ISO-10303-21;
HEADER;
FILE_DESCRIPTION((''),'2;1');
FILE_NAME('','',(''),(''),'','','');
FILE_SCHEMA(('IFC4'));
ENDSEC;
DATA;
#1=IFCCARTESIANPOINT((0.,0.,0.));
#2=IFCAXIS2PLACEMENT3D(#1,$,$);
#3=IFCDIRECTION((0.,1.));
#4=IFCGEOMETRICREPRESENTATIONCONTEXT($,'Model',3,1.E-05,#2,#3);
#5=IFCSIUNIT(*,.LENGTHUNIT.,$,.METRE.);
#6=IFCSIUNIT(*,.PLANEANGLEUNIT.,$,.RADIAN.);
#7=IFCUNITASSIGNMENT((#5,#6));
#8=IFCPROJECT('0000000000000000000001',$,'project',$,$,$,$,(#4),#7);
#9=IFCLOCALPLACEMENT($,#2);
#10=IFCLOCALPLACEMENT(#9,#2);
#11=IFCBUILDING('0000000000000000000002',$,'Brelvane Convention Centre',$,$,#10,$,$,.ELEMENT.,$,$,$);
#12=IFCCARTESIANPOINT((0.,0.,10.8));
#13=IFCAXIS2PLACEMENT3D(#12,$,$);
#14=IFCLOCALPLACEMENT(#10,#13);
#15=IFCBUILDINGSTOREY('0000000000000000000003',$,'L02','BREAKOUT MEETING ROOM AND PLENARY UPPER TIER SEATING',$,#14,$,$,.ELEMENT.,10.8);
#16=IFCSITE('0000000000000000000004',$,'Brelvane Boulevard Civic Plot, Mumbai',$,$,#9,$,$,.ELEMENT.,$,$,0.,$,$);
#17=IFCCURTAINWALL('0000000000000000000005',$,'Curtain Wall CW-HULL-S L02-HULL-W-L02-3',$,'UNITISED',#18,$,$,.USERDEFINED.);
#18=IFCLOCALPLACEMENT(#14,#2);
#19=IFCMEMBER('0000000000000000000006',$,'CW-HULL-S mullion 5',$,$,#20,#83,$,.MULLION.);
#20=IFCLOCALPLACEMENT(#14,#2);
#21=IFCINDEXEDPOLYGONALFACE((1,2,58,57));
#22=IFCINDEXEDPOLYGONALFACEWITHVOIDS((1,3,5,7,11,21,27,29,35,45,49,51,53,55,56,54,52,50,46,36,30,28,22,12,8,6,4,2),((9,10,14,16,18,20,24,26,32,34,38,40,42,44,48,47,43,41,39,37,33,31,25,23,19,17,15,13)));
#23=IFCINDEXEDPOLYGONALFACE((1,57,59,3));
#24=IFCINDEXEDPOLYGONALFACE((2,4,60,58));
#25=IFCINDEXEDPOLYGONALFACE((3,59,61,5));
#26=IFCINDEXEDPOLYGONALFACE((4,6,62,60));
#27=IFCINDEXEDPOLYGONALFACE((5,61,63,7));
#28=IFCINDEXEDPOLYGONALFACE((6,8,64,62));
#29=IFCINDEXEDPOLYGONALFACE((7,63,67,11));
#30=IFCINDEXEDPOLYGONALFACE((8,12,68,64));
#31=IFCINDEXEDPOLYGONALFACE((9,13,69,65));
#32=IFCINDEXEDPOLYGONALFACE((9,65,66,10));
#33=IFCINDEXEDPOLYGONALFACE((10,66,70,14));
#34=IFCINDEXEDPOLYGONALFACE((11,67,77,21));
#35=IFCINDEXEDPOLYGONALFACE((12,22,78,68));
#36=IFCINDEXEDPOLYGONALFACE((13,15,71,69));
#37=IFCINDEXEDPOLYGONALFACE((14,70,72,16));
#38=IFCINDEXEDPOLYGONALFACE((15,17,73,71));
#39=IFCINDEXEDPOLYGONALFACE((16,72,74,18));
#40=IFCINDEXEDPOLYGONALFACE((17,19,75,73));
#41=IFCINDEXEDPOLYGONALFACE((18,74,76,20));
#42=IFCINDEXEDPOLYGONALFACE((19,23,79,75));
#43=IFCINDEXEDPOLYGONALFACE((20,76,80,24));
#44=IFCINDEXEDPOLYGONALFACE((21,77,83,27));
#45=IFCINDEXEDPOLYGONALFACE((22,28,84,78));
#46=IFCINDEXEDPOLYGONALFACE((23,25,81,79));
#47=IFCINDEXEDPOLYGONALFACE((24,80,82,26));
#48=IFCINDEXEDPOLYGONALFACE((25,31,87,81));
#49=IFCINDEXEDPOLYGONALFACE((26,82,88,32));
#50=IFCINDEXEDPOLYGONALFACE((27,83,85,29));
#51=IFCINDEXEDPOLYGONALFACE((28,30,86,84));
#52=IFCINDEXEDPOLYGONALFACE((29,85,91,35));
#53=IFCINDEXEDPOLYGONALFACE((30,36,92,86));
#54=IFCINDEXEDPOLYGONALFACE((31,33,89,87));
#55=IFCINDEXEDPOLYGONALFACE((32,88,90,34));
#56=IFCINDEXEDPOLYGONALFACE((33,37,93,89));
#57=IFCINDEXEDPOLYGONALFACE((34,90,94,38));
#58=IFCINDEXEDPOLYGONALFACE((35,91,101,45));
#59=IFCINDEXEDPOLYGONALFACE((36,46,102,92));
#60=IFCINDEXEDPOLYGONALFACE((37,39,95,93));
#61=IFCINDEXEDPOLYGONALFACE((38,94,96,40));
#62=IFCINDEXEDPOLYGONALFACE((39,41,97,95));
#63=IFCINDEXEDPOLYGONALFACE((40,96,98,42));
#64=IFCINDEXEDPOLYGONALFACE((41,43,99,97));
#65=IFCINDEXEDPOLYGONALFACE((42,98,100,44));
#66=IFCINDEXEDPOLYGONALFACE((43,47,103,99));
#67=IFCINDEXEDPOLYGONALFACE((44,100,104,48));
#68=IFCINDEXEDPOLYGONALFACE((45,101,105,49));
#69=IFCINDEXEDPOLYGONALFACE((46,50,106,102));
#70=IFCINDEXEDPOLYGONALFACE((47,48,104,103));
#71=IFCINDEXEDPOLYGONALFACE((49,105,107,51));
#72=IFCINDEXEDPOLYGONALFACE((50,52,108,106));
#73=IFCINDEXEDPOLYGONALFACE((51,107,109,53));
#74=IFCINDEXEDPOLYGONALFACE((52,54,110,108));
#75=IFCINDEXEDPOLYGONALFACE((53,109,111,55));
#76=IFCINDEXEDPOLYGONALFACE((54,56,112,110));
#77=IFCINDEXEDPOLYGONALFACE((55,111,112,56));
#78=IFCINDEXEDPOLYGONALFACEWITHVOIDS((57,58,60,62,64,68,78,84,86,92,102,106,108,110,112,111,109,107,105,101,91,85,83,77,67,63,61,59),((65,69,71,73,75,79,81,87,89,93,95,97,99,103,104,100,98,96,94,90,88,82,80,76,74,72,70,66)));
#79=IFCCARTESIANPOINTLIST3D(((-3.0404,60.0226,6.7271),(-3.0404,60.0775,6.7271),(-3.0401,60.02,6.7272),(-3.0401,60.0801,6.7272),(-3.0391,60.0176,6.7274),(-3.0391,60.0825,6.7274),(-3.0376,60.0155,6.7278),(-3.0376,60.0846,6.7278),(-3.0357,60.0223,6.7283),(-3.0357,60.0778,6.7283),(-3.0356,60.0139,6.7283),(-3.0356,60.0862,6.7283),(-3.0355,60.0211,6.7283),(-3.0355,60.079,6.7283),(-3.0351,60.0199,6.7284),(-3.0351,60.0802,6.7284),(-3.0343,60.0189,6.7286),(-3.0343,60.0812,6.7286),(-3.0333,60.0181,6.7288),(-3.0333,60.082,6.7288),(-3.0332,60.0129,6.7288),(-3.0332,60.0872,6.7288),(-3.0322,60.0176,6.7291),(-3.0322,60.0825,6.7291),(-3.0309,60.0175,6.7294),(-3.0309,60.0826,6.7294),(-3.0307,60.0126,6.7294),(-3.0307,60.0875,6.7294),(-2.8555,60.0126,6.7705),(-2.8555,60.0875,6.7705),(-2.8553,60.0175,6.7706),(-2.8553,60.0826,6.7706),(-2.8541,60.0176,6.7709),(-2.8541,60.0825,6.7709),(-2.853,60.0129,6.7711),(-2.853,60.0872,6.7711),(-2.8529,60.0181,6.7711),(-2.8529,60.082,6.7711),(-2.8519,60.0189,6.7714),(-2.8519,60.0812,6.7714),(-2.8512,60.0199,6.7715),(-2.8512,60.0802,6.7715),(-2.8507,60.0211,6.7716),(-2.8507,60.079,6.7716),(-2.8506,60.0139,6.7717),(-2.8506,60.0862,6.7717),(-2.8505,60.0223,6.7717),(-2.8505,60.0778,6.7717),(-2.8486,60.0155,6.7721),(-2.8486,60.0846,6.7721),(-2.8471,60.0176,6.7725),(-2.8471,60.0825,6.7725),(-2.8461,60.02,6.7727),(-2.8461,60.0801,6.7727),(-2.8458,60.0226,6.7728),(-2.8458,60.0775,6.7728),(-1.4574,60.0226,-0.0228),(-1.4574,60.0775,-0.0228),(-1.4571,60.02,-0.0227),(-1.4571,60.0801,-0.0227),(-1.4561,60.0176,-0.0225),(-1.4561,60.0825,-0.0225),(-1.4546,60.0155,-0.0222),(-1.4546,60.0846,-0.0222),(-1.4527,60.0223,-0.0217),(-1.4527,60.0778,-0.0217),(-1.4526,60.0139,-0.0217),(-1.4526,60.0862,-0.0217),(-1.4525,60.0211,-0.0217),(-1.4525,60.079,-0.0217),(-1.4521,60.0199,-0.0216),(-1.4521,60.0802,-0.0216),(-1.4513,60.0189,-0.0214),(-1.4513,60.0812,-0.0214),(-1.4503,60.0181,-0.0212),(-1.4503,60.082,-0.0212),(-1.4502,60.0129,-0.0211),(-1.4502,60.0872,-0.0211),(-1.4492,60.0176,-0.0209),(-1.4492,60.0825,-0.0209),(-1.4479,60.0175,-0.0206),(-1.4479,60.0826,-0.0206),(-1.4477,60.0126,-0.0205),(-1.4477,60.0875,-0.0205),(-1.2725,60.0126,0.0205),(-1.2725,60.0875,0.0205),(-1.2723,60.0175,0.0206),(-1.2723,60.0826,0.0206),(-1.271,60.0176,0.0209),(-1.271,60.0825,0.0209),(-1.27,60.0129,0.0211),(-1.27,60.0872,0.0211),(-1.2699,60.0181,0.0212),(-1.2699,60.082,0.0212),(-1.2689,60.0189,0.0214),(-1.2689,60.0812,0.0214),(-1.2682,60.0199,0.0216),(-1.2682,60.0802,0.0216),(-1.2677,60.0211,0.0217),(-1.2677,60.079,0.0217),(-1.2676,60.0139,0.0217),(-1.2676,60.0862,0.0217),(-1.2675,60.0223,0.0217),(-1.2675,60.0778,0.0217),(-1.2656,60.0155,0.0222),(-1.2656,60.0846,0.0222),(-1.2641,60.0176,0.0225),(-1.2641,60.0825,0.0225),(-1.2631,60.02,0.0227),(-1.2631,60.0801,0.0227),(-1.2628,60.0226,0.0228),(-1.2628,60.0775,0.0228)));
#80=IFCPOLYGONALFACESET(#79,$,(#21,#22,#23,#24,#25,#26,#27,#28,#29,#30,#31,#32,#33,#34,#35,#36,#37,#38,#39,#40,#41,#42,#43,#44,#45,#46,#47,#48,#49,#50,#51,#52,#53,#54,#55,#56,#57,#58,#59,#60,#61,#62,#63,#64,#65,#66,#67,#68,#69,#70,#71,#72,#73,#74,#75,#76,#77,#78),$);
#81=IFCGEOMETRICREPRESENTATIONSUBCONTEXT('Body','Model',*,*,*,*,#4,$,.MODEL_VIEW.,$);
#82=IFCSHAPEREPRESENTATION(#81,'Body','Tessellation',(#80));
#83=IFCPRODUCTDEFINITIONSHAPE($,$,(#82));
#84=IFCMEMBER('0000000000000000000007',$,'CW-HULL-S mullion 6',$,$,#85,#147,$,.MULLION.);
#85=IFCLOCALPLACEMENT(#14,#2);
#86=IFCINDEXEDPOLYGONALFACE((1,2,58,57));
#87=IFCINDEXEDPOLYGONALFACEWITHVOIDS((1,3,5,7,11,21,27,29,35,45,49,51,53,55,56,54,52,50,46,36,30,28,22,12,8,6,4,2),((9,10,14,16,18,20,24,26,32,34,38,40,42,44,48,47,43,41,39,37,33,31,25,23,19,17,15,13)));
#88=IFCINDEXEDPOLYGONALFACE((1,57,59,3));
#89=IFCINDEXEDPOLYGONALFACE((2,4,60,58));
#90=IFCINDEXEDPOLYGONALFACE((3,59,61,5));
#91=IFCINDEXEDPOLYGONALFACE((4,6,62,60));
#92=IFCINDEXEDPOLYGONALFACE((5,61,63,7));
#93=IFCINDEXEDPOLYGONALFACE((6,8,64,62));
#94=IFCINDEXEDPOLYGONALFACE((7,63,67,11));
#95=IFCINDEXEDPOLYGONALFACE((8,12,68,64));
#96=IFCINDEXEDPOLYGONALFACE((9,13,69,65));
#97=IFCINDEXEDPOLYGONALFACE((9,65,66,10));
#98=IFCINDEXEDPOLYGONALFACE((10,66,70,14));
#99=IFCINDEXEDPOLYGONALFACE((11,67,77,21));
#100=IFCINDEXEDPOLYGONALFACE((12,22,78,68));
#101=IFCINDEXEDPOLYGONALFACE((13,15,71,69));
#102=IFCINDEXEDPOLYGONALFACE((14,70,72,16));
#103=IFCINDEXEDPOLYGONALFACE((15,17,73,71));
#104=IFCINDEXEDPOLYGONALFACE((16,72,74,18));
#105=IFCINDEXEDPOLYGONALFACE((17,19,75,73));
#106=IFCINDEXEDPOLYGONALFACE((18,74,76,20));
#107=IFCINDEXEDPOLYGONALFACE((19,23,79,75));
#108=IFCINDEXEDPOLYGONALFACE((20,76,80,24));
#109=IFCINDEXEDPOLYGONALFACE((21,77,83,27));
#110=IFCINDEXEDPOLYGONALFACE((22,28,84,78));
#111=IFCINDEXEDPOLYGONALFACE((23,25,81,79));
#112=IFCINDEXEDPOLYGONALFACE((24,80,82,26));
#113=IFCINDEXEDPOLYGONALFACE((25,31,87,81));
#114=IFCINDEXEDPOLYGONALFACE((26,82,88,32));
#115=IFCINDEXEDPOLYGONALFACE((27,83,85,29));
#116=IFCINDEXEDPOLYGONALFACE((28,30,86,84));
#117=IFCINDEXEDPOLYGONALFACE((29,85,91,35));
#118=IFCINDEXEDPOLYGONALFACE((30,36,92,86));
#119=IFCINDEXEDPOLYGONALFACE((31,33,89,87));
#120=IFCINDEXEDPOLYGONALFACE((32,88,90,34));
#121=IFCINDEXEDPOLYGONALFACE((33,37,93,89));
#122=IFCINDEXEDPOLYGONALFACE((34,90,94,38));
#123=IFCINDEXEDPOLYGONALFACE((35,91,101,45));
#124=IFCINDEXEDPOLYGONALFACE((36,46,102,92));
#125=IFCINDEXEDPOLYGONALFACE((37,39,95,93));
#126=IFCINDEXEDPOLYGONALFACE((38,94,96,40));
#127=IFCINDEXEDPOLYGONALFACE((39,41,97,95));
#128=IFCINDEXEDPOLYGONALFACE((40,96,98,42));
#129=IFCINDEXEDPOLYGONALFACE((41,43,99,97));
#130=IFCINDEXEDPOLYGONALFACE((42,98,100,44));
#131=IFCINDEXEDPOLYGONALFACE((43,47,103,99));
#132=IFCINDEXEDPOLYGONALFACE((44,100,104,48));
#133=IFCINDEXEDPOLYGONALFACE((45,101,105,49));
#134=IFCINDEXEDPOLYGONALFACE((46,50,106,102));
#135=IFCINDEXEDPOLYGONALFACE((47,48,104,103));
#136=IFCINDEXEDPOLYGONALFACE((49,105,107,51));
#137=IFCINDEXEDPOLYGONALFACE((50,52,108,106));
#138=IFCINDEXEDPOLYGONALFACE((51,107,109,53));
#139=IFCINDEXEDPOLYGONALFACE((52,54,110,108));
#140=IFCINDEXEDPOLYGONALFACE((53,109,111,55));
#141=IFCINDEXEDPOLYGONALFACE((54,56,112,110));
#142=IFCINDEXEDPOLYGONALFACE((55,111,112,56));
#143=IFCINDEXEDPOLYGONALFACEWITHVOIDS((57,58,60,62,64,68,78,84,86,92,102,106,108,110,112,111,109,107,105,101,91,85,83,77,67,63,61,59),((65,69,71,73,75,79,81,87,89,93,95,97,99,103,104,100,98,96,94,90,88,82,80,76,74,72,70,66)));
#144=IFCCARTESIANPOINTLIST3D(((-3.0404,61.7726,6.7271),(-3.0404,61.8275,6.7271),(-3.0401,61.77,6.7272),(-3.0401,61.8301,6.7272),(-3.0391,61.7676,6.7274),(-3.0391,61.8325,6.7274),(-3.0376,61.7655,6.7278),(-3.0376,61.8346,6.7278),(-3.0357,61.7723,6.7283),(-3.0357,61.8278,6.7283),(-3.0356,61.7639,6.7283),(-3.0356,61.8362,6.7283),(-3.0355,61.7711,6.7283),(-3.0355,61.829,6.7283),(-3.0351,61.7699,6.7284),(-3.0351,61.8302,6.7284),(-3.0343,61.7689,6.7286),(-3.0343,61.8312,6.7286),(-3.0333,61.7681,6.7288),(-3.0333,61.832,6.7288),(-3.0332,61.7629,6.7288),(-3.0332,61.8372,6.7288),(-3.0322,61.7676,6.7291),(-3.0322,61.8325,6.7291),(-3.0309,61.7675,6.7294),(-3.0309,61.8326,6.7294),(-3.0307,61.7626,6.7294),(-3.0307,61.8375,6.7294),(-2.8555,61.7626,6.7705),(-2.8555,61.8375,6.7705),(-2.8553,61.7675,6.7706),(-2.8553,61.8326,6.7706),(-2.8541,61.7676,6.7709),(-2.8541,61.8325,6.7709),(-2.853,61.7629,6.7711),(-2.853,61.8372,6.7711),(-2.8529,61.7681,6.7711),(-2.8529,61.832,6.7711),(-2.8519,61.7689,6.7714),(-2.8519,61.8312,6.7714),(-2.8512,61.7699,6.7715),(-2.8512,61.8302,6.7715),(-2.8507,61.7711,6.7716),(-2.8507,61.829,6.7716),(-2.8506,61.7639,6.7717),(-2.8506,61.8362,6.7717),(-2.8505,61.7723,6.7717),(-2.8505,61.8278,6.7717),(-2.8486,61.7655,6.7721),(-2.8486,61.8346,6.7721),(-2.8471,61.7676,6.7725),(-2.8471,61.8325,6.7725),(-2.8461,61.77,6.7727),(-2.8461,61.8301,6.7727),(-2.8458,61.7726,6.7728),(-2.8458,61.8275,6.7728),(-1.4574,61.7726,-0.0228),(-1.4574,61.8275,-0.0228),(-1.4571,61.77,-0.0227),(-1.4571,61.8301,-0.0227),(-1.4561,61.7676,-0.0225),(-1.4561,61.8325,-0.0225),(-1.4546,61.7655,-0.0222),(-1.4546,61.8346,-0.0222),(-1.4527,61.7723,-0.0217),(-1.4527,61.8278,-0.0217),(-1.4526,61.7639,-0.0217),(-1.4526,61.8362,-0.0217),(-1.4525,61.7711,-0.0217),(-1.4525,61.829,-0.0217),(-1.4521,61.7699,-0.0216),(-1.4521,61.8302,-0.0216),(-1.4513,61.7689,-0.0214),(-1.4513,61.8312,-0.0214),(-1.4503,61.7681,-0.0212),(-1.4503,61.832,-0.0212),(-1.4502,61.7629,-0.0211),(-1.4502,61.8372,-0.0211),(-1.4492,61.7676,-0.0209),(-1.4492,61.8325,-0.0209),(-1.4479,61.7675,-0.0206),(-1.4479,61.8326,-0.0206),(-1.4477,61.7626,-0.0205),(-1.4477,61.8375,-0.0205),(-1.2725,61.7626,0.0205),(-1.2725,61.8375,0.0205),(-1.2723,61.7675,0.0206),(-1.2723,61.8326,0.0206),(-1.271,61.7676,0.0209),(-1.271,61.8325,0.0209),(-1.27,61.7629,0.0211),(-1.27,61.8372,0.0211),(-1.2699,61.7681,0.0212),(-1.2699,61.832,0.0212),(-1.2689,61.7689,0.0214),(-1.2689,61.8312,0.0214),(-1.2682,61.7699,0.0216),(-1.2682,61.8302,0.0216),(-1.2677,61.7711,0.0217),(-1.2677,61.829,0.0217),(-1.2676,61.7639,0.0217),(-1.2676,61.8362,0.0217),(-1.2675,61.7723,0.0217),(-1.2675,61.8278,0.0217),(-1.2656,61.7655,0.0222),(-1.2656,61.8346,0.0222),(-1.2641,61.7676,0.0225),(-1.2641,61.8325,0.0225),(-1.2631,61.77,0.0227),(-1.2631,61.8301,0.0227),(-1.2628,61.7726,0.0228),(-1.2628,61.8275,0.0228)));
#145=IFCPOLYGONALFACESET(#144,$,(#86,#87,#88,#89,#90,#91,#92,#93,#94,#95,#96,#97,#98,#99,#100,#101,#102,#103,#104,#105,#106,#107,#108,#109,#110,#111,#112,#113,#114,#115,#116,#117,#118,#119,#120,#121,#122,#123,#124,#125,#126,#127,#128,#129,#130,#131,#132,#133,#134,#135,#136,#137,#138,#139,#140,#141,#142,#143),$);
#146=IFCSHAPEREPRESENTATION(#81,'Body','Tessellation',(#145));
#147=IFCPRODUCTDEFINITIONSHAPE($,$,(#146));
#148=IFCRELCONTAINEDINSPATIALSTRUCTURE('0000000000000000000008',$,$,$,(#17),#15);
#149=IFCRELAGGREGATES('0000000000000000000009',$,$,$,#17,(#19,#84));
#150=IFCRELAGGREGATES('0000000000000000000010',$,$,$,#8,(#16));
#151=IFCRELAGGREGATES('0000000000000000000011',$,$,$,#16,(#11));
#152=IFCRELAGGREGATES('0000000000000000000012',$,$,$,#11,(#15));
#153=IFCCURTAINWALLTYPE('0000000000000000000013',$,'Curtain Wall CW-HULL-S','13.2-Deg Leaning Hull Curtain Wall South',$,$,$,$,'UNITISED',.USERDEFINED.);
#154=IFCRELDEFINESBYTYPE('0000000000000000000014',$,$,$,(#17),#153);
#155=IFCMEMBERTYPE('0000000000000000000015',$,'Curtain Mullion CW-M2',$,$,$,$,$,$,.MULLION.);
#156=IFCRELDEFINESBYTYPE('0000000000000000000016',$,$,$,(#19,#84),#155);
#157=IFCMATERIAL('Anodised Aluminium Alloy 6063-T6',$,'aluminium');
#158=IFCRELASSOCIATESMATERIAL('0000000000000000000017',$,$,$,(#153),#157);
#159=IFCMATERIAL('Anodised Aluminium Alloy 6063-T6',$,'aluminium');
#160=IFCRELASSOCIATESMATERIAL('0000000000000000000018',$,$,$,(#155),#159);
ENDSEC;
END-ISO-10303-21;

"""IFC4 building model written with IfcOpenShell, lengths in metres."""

from ifc_helpers import new_model, si_unit, direction, frame, origin, origin_2d, place, context, subcontext, project, spatial, hollow_rectangle, extrude, material, material_profile, profile_set, type_object, element, aggregate, save


model = new_model("IFC4")

# Units and contexts
model_context = context("Model", 3, precision=1e-05, world=origin(), true_north=direction((0.0, 1.0)))
body_context = subcontext(model_context, "Body", "Model", "MODEL_VIEW")
ifc_project = project(units=[si_unit("LENGTHUNIT", "METRE"), si_unit("PLANEANGLEUNIT", "RADIAN")], contexts=[model_context])

# Site, building, storey
site_placement = place(None, origin())
site = spatial("IfcSite", under=ifc_project, at=site_placement, Name="Brelvane Boulevard Civic Plot, Mumbai", CompositionType="ELEMENT", RefElevation=0.0)
building_placement = place(site_placement, origin())
building = spatial("IfcBuilding", under=site, at=building_placement, Name="Brelvane Convention Centre", CompositionType="ELEMENT")
storey_placement = place(building_placement, frame((0.0, 0.0, 10.8)))
storey = spatial("IfcBuildingStorey", under=building, at=storey_placement, Name="L02", Description="BREAKOUT MEETING ROOM AND PLENARY UPPER TIER SEATING", CompositionType="ELEMENT", Elevation=10.8)

# Curtain wall, members
ifc_material_1 = material(Name="Anodised Aluminium Alloy 6063-T6", Category="aluminium")
curtain_wall_type = type_object("IfcCurtainWallType", Name="Curtain Wall CW-HULL-S", Description="13.2-Deg Leaning Hull Curtain Wall South", ElementType="UNITISED", PredefinedType="USERDEFINED", material=ifc_material_1)
curtain_wall_placement = place(storey_placement, origin())
curtain_wall = element("IfcCurtainWall", 1, at=curtain_wall_placement, inside=storey, type_object=curtain_wall_type, Name="Curtain Wall CW-HULL-S L02-HULL-W-L02-3", ObjectType="UNITISED", PredefinedType="USERDEFINED")
ifc_material_2 = material(Name="Anodised Aluminium Alloy 6063-T6", Category="aluminium")
ifc_material_profile_1 = material_profile(ifc_material_2, hollow_rectangle(XDim=0.075, YDim=0.2, WallThickness=0.0049, InnerFilletRadius=0.0049, OuterFilletRadius=0.01, at=origin_2d()), Name="ALU-M 200x75x5.0")
ifc_profile_set_1 = profile_set([ifc_material_profile_1], Name="Anodised Aluminium Alloy 6063-T6")
member_type_1 = type_object("IfcMemberType", Name="Curtain Mullion CW-M2", PredefinedType="MULLION", material=ifc_profile_set_1)
member_1_placement = place(storey_placement, frame((-1.3601, 60.05, 0.0), z_axis=(-0.228325, 0.0, 0.973585), x_axis=(0.0, -1.0, 0.0)))
member_1 = element("IfcMember", 2, at=member_1_placement, type_object=member_type_1, Name="CW-HULL-S mullion 5", PredefinedType="MULLION", context=body_context, shape_type="SweptSolid", body=[
    extrude(hollow_rectangle(XDim=0.075, YDim=0.2, WallThickness=0.0049, InnerFilletRadius=0.0049, OuterFilletRadius=0.01, at=origin_2d()), origin(), (0.0, 0.0, 1.0), 6.9331),
])
member_2_placement = place(storey_placement, frame((-1.3601, 61.8, 0.0), z_axis=(-0.228325, 0.0, 0.973585), x_axis=(0.0, -1.0, 0.0)))
member_2 = element("IfcMember", 3, at=member_2_placement, type_object=member_type_1, Name="CW-HULL-S mullion 6", PredefinedType="MULLION", context=body_context, shape_type="SweptSolid", body=[
    extrude(hollow_rectangle(XDim=0.075, YDim=0.2, WallThickness=0.0049, InnerFilletRadius=0.0049, OuterFilletRadius=0.01, at=origin_2d()), origin(), (0.0, 0.0, 1.0), 6.9331),
])
aggregate(curtain_wall, [member_1, member_2])

save(model, "model.ifc")
